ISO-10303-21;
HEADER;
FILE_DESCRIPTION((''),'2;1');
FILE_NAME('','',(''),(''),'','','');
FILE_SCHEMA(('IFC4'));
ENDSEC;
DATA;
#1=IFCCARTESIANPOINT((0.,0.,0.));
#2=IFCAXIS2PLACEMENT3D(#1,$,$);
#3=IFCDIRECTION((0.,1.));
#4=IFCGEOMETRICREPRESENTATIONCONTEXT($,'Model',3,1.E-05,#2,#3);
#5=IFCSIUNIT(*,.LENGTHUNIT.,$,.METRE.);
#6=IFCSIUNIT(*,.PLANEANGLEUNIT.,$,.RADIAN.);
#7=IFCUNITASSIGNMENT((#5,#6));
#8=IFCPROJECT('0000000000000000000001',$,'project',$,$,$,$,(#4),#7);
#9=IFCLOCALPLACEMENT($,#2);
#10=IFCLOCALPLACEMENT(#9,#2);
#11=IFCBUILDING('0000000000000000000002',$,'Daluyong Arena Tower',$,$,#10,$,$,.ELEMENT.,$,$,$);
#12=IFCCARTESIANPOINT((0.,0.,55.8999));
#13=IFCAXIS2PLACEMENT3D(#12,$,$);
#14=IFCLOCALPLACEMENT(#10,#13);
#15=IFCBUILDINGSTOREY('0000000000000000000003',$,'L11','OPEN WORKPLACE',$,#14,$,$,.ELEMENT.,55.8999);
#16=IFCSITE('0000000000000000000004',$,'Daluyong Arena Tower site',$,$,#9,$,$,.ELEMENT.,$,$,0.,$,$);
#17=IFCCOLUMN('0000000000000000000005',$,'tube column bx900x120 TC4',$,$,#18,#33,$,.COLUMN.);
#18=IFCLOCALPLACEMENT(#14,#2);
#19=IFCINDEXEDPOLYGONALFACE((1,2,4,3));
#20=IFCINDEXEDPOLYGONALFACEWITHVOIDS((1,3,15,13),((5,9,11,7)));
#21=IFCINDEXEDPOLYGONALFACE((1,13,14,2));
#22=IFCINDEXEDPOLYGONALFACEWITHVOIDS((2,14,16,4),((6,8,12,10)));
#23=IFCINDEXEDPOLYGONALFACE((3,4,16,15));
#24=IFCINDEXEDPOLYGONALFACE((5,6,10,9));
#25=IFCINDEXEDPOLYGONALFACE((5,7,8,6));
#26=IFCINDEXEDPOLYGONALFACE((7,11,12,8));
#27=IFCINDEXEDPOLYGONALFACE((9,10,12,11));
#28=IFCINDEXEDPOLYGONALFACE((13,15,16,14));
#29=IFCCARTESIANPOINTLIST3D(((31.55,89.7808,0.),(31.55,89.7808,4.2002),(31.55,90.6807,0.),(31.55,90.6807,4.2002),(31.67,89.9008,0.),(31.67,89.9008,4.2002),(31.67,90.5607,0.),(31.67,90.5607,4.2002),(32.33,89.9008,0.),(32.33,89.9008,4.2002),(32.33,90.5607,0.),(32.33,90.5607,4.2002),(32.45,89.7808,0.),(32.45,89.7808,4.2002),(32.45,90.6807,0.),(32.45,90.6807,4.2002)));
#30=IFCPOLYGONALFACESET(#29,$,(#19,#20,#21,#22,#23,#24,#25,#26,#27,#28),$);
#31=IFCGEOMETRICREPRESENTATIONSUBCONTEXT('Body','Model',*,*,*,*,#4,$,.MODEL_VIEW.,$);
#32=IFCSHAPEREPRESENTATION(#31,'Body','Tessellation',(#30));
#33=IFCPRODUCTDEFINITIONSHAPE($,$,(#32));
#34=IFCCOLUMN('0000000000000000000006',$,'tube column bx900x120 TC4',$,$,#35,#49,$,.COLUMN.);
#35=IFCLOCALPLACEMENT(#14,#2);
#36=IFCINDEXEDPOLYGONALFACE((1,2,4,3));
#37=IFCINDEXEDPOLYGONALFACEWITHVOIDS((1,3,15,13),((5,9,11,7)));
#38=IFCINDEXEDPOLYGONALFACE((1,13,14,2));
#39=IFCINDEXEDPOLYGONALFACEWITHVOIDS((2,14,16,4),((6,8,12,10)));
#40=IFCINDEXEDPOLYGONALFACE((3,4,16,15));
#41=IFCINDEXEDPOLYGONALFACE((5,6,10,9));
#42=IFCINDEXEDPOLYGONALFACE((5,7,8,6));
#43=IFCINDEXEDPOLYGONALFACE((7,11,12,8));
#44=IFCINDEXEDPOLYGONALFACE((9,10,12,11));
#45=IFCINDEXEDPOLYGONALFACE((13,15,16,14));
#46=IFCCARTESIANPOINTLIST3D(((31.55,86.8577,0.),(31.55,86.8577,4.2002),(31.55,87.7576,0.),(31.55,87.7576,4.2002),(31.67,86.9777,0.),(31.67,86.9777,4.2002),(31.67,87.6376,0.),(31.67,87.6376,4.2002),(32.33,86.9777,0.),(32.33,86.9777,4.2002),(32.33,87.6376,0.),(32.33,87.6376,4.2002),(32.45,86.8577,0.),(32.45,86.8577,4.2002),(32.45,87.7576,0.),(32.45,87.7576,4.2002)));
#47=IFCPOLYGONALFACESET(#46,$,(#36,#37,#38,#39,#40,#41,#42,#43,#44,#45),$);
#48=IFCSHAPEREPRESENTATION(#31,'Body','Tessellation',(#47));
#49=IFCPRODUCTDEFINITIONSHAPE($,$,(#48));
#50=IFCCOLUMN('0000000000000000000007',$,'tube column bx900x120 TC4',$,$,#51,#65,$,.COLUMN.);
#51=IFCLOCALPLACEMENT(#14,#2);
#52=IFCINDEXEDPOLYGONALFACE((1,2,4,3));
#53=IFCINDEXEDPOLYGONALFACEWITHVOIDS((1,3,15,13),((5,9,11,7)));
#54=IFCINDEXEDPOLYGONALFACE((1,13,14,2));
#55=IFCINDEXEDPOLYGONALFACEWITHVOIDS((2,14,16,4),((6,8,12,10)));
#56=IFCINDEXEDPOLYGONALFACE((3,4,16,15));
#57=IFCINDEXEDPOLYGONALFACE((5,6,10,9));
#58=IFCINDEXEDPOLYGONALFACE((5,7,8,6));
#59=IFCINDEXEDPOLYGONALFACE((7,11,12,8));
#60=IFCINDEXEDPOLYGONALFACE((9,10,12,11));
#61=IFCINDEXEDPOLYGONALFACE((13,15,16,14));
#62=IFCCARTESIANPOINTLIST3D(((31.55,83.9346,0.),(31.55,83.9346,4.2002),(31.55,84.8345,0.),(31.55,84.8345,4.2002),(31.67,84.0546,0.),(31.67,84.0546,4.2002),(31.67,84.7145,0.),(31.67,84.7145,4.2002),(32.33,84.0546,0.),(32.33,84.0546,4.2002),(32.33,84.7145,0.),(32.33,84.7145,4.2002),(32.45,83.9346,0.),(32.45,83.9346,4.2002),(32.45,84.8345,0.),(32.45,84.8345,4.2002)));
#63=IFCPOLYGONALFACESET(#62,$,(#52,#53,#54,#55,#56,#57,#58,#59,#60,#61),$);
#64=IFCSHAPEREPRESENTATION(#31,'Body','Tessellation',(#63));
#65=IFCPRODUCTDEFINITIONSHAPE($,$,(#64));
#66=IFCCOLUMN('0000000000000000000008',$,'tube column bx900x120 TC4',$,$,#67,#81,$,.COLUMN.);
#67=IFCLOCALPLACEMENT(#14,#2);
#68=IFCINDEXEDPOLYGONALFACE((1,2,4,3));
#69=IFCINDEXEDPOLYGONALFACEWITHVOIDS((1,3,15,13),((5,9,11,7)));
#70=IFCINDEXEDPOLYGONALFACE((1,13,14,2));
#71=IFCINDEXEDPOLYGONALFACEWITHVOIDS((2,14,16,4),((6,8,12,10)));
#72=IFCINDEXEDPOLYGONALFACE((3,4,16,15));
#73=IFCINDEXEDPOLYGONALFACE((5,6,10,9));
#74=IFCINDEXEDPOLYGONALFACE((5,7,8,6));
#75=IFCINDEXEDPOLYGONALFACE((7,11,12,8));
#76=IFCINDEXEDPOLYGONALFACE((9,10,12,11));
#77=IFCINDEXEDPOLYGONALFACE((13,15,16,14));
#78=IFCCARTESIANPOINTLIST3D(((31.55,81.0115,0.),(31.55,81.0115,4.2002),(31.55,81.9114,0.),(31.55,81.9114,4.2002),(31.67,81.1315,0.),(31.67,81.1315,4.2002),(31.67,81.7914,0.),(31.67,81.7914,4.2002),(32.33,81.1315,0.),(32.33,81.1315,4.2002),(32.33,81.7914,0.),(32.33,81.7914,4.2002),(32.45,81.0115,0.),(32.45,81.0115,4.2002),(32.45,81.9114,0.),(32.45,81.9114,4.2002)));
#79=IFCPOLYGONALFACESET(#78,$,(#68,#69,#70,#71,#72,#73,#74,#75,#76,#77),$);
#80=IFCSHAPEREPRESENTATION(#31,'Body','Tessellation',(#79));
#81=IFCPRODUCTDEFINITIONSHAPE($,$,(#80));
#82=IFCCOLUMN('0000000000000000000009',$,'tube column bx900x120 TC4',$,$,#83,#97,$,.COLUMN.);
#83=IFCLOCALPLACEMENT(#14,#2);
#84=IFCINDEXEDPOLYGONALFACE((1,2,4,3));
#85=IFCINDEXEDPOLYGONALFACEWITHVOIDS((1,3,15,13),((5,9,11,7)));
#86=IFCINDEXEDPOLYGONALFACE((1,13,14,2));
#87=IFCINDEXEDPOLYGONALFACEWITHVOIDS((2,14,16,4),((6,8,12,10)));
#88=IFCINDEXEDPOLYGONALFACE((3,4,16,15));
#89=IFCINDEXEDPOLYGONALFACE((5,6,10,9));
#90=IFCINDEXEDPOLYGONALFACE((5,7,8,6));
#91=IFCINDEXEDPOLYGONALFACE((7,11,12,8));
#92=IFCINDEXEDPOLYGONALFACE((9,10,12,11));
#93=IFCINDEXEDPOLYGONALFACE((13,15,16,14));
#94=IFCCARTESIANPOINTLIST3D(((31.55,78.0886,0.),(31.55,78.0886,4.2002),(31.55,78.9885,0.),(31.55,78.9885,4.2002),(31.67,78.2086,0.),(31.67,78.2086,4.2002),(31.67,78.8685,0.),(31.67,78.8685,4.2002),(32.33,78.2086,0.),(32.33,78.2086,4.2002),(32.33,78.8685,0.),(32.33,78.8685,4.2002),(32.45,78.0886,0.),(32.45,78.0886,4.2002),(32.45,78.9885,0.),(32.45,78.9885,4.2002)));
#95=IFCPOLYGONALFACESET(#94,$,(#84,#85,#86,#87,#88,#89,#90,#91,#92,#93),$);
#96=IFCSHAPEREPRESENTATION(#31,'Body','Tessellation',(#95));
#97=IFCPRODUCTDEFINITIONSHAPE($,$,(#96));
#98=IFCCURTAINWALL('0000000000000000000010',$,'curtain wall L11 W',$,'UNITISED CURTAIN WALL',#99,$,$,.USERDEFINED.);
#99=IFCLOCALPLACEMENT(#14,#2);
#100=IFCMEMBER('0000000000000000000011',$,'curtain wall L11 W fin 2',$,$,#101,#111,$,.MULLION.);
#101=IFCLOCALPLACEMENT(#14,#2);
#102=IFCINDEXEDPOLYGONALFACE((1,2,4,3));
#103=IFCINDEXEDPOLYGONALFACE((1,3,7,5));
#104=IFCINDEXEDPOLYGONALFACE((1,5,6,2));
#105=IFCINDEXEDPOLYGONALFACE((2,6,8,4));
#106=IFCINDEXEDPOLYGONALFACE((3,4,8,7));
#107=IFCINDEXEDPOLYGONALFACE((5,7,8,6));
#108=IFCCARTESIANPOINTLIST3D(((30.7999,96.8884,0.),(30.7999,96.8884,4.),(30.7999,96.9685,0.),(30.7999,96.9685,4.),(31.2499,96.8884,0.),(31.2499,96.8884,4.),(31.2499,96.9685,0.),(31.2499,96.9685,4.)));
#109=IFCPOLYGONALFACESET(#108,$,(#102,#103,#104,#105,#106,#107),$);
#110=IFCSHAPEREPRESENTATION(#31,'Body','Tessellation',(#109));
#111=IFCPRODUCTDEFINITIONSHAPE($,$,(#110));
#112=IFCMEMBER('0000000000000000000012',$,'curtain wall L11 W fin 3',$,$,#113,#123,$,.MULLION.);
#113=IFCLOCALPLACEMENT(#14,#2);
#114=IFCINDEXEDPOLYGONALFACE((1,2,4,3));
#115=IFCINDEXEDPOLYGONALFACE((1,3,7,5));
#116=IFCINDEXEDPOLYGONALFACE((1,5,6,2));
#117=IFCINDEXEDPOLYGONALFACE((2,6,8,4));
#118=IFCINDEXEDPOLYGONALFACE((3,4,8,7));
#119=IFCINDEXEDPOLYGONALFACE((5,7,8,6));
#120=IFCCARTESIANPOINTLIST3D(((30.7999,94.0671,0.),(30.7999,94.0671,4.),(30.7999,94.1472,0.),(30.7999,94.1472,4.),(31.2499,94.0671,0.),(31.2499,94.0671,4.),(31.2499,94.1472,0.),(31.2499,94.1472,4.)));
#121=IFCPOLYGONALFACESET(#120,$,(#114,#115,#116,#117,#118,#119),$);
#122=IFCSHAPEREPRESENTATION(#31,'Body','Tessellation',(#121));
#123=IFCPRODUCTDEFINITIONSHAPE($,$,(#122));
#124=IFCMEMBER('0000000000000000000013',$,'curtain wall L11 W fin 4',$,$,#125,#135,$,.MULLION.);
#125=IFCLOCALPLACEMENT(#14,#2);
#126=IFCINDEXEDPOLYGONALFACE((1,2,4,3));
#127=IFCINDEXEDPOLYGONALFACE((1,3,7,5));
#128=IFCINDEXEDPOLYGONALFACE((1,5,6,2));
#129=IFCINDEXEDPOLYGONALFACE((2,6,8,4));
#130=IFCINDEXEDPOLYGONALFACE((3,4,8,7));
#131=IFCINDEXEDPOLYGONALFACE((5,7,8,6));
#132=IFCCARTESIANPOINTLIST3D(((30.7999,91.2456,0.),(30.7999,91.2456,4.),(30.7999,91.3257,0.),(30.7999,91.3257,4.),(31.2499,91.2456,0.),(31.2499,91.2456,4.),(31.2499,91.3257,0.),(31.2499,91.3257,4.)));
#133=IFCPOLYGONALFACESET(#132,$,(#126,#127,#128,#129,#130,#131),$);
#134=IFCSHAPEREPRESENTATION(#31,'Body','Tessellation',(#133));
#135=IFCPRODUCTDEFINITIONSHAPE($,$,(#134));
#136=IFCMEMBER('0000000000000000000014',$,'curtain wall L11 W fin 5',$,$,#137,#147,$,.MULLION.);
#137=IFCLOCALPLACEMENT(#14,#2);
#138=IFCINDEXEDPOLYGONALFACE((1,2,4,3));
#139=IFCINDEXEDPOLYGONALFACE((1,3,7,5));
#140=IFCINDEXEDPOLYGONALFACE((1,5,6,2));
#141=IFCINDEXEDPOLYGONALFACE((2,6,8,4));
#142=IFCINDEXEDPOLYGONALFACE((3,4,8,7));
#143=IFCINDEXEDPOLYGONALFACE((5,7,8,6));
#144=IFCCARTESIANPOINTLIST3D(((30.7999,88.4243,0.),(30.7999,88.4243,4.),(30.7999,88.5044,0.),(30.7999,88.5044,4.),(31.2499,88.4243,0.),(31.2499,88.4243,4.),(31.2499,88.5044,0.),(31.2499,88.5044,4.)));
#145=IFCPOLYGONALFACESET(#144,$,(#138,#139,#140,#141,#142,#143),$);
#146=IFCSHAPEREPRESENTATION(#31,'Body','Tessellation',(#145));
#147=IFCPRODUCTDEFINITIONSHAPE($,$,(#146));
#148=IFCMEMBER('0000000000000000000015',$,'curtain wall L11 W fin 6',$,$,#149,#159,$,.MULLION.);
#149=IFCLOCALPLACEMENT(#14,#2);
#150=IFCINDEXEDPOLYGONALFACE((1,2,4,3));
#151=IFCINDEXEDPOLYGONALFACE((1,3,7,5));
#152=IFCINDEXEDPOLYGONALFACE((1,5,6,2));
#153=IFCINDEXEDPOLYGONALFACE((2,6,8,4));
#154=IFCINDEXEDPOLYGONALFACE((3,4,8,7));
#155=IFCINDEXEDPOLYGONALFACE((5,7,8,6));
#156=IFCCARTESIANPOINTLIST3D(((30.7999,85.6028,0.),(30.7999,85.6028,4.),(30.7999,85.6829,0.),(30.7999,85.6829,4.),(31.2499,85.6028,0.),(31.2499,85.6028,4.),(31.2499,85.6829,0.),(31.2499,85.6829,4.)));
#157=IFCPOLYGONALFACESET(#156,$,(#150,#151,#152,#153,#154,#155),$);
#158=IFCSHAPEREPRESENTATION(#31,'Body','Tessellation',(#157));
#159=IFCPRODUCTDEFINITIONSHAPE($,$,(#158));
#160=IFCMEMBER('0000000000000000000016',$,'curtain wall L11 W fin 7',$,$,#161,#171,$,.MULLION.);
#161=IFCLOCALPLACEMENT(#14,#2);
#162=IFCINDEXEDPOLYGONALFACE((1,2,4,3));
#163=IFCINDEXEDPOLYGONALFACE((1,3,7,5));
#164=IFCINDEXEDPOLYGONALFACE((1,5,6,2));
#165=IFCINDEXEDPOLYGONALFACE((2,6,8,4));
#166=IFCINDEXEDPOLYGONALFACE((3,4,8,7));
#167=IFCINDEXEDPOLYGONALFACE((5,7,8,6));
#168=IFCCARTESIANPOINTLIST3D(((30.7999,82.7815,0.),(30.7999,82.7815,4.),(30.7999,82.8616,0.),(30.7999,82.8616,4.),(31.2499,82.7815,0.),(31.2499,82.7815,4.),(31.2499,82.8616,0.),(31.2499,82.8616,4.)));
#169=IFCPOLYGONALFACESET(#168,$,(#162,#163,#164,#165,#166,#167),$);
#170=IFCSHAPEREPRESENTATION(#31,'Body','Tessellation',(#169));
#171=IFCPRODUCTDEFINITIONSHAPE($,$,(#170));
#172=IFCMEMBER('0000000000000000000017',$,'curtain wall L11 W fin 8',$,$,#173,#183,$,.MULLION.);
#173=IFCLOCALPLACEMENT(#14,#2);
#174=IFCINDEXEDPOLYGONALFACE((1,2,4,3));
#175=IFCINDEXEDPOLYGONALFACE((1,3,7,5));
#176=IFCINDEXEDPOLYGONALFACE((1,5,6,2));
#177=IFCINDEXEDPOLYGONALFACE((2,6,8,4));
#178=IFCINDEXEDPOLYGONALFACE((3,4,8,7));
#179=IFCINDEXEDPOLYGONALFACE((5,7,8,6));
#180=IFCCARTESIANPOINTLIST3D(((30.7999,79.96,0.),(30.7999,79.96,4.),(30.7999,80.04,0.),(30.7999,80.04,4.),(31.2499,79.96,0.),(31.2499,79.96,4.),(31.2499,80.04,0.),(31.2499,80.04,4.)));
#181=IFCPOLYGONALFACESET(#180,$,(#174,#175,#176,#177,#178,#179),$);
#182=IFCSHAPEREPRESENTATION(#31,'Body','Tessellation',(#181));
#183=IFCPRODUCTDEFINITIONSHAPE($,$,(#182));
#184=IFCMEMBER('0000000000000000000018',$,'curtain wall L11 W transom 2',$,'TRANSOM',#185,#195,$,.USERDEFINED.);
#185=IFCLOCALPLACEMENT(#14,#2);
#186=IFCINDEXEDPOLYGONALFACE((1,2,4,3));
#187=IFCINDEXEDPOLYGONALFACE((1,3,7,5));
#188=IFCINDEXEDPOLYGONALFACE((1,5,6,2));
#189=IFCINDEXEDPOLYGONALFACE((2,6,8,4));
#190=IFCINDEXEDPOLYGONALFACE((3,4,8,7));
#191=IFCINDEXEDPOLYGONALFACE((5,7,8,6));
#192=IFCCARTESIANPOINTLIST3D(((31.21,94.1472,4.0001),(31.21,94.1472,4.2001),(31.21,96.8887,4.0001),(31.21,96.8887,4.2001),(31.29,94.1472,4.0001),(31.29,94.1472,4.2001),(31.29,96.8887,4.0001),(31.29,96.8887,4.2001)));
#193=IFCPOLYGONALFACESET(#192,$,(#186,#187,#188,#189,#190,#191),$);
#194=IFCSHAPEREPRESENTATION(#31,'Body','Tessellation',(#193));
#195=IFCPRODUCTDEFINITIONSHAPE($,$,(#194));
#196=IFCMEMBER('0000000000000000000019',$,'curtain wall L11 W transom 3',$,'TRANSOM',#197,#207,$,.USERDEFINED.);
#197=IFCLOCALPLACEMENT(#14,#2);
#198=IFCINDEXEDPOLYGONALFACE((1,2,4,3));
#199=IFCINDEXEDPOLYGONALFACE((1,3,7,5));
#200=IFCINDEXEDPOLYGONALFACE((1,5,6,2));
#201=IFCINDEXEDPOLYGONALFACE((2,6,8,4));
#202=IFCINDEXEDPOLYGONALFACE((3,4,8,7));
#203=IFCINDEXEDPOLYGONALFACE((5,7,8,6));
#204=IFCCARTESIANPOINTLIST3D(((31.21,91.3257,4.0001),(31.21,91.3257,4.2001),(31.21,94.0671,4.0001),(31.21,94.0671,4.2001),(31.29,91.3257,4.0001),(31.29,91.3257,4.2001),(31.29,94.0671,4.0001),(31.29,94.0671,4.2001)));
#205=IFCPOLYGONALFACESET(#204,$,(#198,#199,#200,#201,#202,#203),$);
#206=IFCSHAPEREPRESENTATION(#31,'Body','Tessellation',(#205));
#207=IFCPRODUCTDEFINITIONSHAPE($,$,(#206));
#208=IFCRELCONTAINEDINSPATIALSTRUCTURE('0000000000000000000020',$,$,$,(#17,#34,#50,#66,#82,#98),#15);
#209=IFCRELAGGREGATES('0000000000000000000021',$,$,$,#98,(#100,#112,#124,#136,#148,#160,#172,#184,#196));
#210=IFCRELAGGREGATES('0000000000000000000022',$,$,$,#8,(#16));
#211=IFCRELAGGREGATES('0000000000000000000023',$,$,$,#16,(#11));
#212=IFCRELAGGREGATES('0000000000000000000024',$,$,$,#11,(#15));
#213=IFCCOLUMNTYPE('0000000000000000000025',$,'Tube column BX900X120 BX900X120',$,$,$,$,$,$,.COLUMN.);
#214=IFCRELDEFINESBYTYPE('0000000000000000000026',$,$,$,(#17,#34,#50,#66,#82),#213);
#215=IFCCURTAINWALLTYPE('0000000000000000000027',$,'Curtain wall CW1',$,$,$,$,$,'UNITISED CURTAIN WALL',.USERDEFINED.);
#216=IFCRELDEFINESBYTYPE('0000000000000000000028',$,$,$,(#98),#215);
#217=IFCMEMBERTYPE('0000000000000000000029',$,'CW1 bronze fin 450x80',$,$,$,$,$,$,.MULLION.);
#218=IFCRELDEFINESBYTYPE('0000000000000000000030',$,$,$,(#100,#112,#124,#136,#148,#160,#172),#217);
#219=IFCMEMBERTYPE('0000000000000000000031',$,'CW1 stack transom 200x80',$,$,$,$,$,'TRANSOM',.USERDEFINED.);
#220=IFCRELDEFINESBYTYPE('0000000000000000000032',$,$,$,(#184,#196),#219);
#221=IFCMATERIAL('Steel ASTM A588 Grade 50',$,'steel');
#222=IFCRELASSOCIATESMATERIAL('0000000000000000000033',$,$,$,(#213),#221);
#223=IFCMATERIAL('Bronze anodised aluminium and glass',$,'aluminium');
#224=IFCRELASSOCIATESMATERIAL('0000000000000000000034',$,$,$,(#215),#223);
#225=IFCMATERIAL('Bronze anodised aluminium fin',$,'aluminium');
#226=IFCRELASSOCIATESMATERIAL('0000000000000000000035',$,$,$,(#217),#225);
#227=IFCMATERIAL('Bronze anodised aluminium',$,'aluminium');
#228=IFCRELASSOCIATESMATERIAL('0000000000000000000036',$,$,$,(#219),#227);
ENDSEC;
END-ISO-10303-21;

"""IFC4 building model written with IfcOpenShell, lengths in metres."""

from ifc_helpers import new_model, si_unit, direction, frame, origin, origin_2d, place, context, subcontext, project, spatial, rectangle, hollow_rectangle, extrude, material, material_profile, profile_set, type_object, element, aggregate, save


model = new_model("IFC4")

# Units and contexts
model_context = context("Model", 3, precision=1e-05, world=origin(), true_north=direction((0.0, 1.0)))
body_context = subcontext(model_context, "Body", "Model", "MODEL_VIEW")
ifc_project = project(units=[si_unit("LENGTHUNIT", "METRE"), si_unit("PLANEANGLEUNIT", "RADIAN")], contexts=[model_context])

# Site, building, storey
site_placement = place(None, origin())
site = spatial("IfcSite", under=ifc_project, at=site_placement, Name="Daluyong Arena Tower site", CompositionType="ELEMENT", RefElevation=0.0)
building_placement = place(site_placement, origin())
building = spatial("IfcBuilding", under=site, at=building_placement, Name="Daluyong Arena Tower", CompositionType="ELEMENT")
storey_placement = place(building_placement, frame((0.0, 0.0, 55.8999)))
storey = spatial("IfcBuildingStorey", under=building, at=storey_placement, Name="L11", Description="OPEN WORKPLACE", CompositionType="ELEMENT", Elevation=55.8999)

# Columns
ifc_material_1 = material(Name="Steel ASTM A588 Grade 50", Category="steel")
ifc_material_profile_1 = material_profile(ifc_material_1, hollow_rectangle(XDim=0.8999, YDim=0.8999, WallThickness=0.12, at=origin_2d()))
ifc_profile_set_1 = profile_set([ifc_material_profile_1], Name="Steel ASTM A588 Grade 50")
column_type = type_object("IfcColumnType", Name="Tube column BX900X120 BX900X120", PredefinedType="COLUMN", material=ifc_profile_set_1)
for number, where, z_axis, x_axis, name in (
    (1, (32.0, 90.2307, 0.0), (0.0, 0.0, 1.0), (0.0, 1.0, 0.0), "tube column bx900x120 TC4"),
    (2, (32.0, 87.3076, 0.0), (0.0, 0.0, 1.0), (0.0, 1.0, 0.0), "tube column bx900x120 TC4"),
    (3, (32.0, 84.3845, 0.0), (0.0, 0.0, 1.0), (0.0, 1.0, 0.0), "tube column bx900x120 TC4"),
    (4, (32.0, 81.4614, 0.0), (0.0, 0.0, 1.0), (0.0, 1.0, 0.0), "tube column bx900x120 TC4"),
    (5, (32.0, 78.5386, 0.0), (0.0, 0.0, 1.0), (0.0, 1.0, 0.0), "tube column bx900x120 TC4"),
):
    element("IfcColumn", number, at=place(storey_placement, frame(where, z_axis=z_axis, x_axis=x_axis)), inside=storey, type_object=column_type, Name=name, PredefinedType="COLUMN", context=body_context, shape_type="SweptSolid", body=[
        extrude(hollow_rectangle(XDim=0.8999, YDim=0.8999, WallThickness=0.12, at=origin_2d()), origin(), (0.0, 0.0, 1.0), 4.2002),
    ])

# Curtain wall, members
ifc_material_2 = material(Name="Bronze anodised aluminium and glass", Category="aluminium")
curtain_wall_type = type_object("IfcCurtainWallType", Name="Curtain wall CW1", ElementType="UNITISED CURTAIN WALL", PredefinedType="USERDEFINED", material=ifc_material_2)
curtain_wall_placement = place(storey_placement, origin())
curtain_wall = element("IfcCurtainWall", 6, at=curtain_wall_placement, inside=storey, type_object=curtain_wall_type, Name="curtain wall L11 W", ObjectType="UNITISED CURTAIN WALL", PredefinedType="USERDEFINED")
ifc_material_3 = material(Name="Bronze anodised aluminium fin", Category="aluminium")
ifc_material_profile_2 = material_profile(ifc_material_3, rectangle(XDim=0.45, YDim=0.0801, at=origin_2d()))
ifc_profile_set_2 = profile_set([ifc_material_profile_2], Name="Bronze anodised aluminium fin")
member_type_1 = type_object("IfcMemberType", Name="CW1 bronze fin 450x80", PredefinedType="MULLION", material=ifc_profile_set_2)
member_1_placement = place(storey_placement, frame((31.0249, 96.9285, 0.0), z_axis=(0.0, 0.0, 1.0), x_axis=(1.0, 0.0, 0.0)))
member_1 = element("IfcMember", 7, at=member_1_placement, type_object=member_type_1, Name="curtain wall L11 W fin 2", PredefinedType="MULLION", context=body_context, shape_type="SweptSolid", body=[
    extrude(rectangle(XDim=0.45, YDim=0.0801, at=origin_2d()), origin(), (0.0, 0.0, 1.0), 4.0),
])
member_2_placement = place(storey_placement, frame((31.0249, 94.1072, 0.0), z_axis=(0.0, 0.0, 1.0), x_axis=(1.0, 0.0, 0.0)))
member_2 = element("IfcMember", 8, at=member_2_placement, type_object=member_type_1, Name="curtain wall L11 W fin 3", PredefinedType="MULLION", context=body_context, shape_type="SweptSolid", body=[
    extrude(rectangle(XDim=0.45, YDim=0.0801, at=origin_2d()), origin(), (0.0, 0.0, 1.0), 4.0),
])
member_3_placement = place(storey_placement, frame((31.0249, 91.2856, 0.0), z_axis=(0.0, 0.0, 1.0), x_axis=(1.0, 0.0, 0.0)))
member_3 = element("IfcMember", 9, at=member_3_placement, type_object=member_type_1, Name="curtain wall L11 W fin 4", PredefinedType="MULLION", context=body_context, shape_type="SweptSolid", body=[
    extrude(rectangle(XDim=0.45, YDim=0.0801, at=origin_2d()), origin(), (0.0, 0.0, 1.0), 4.0),
])
member_4_placement = place(storey_placement, frame((31.0249, 88.4644, 0.0), z_axis=(0.0, 0.0, 1.0), x_axis=(1.0, 0.0, 0.0)))
member_4 = element("IfcMember", 10, at=member_4_placement, type_object=member_type_1, Name="curtain wall L11 W fin 5", PredefinedType="MULLION", context=body_context, shape_type="SweptSolid", body=[
    extrude(rectangle(XDim=0.45, YDim=0.0801, at=origin_2d()), origin(), (0.0, 0.0, 1.0), 4.0),
])
member_5_placement = place(storey_placement, frame((31.0249, 85.6428, 0.0), z_axis=(0.0, 0.0, 1.0), x_axis=(1.0, 0.0, 0.0)))
member_5 = element("IfcMember", 11, at=member_5_placement, type_object=member_type_1, Name="curtain wall L11 W fin 6", PredefinedType="MULLION", context=body_context, shape_type="SweptSolid", body=[
    extrude(rectangle(XDim=0.45, YDim=0.0801, at=origin_2d()), origin(), (0.0, 0.0, 1.0), 4.0),
])
member_6_placement = place(storey_placement, frame((31.0249, 82.8215, 0.0), z_axis=(0.0, 0.0, 1.0), x_axis=(1.0, 0.0, 0.0)))
member_6 = element("IfcMember", 12, at=member_6_placement, type_object=member_type_1, Name="curtain wall L11 W fin 7", PredefinedType="MULLION", context=body_context, shape_type="SweptSolid", body=[
    extrude(rectangle(XDim=0.45, YDim=0.0801, at=origin_2d()), origin(), (0.0, 0.0, 1.0), 4.0),
])
member_7_placement = place(storey_placement, frame((31.0249, 80.0, 0.0), z_axis=(0.0, 0.0, 1.0), x_axis=(1.0, 0.0, 0.0)))
member_7 = element("IfcMember", 13, at=member_7_placement, type_object=member_type_1, Name="curtain wall L11 W fin 8", PredefinedType="MULLION", context=body_context, shape_type="SweptSolid", body=[
    extrude(rectangle(XDim=0.45, YDim=0.0801, at=origin_2d()), origin(), (0.0, 0.0, 1.0), 4.0),
])
ifc_material_4 = material(Name="Bronze anodised aluminium", Category="aluminium")
ifc_material_profile_3 = material_profile(ifc_material_4, rectangle(XDim=0.0801, YDim=0.2, at=origin_2d()))
ifc_profile_set_3 = profile_set([ifc_material_profile_3], Name="Bronze anodised aluminium")
member_type_2 = type_object("IfcMemberType", Name="CW1 stack transom 200x80", ElementType="TRANSOM", PredefinedType="USERDEFINED", material=ifc_profile_set_3)
member_8_placement = place(storey_placement, frame((31.25, 96.8887, 4.1001), z_axis=(0.0, -1.0, 0.0), x_axis=(1.0, 0.0, 0.0)))
member_8 = element("IfcMember", 14, at=member_8_placement, type_object=member_type_2, Name="curtain wall L11 W transom 2", ObjectType="TRANSOM", PredefinedType="USERDEFINED", context=body_context, shape_type="SweptSolid", body=[
    extrude(rectangle(XDim=0.0801, YDim=0.2, at=origin_2d()), origin(), (0.0, 0.0, 1.0), 2.7415),
])
member_9_placement = place(storey_placement, frame((31.25, 94.0671, 4.1001), z_axis=(0.0, -1.0, 0.0), x_axis=(1.0, 0.0, 0.0)))
member_9 = element("IfcMember", 15, at=member_9_placement, type_object=member_type_2, Name="curtain wall L11 W transom 3", ObjectType="TRANSOM", PredefinedType="USERDEFINED", context=body_context, shape_type="SweptSolid", body=[
    extrude(rectangle(XDim=0.0801, YDim=0.2, at=origin_2d()), origin(), (0.0, 0.0, 1.0), 2.7415),
])

aggregate(curtain_wall, [member_1, member_2, member_3, member_4, member_5, member_6, member_7, member_8, member_9])

save(model, "model.ifc")
